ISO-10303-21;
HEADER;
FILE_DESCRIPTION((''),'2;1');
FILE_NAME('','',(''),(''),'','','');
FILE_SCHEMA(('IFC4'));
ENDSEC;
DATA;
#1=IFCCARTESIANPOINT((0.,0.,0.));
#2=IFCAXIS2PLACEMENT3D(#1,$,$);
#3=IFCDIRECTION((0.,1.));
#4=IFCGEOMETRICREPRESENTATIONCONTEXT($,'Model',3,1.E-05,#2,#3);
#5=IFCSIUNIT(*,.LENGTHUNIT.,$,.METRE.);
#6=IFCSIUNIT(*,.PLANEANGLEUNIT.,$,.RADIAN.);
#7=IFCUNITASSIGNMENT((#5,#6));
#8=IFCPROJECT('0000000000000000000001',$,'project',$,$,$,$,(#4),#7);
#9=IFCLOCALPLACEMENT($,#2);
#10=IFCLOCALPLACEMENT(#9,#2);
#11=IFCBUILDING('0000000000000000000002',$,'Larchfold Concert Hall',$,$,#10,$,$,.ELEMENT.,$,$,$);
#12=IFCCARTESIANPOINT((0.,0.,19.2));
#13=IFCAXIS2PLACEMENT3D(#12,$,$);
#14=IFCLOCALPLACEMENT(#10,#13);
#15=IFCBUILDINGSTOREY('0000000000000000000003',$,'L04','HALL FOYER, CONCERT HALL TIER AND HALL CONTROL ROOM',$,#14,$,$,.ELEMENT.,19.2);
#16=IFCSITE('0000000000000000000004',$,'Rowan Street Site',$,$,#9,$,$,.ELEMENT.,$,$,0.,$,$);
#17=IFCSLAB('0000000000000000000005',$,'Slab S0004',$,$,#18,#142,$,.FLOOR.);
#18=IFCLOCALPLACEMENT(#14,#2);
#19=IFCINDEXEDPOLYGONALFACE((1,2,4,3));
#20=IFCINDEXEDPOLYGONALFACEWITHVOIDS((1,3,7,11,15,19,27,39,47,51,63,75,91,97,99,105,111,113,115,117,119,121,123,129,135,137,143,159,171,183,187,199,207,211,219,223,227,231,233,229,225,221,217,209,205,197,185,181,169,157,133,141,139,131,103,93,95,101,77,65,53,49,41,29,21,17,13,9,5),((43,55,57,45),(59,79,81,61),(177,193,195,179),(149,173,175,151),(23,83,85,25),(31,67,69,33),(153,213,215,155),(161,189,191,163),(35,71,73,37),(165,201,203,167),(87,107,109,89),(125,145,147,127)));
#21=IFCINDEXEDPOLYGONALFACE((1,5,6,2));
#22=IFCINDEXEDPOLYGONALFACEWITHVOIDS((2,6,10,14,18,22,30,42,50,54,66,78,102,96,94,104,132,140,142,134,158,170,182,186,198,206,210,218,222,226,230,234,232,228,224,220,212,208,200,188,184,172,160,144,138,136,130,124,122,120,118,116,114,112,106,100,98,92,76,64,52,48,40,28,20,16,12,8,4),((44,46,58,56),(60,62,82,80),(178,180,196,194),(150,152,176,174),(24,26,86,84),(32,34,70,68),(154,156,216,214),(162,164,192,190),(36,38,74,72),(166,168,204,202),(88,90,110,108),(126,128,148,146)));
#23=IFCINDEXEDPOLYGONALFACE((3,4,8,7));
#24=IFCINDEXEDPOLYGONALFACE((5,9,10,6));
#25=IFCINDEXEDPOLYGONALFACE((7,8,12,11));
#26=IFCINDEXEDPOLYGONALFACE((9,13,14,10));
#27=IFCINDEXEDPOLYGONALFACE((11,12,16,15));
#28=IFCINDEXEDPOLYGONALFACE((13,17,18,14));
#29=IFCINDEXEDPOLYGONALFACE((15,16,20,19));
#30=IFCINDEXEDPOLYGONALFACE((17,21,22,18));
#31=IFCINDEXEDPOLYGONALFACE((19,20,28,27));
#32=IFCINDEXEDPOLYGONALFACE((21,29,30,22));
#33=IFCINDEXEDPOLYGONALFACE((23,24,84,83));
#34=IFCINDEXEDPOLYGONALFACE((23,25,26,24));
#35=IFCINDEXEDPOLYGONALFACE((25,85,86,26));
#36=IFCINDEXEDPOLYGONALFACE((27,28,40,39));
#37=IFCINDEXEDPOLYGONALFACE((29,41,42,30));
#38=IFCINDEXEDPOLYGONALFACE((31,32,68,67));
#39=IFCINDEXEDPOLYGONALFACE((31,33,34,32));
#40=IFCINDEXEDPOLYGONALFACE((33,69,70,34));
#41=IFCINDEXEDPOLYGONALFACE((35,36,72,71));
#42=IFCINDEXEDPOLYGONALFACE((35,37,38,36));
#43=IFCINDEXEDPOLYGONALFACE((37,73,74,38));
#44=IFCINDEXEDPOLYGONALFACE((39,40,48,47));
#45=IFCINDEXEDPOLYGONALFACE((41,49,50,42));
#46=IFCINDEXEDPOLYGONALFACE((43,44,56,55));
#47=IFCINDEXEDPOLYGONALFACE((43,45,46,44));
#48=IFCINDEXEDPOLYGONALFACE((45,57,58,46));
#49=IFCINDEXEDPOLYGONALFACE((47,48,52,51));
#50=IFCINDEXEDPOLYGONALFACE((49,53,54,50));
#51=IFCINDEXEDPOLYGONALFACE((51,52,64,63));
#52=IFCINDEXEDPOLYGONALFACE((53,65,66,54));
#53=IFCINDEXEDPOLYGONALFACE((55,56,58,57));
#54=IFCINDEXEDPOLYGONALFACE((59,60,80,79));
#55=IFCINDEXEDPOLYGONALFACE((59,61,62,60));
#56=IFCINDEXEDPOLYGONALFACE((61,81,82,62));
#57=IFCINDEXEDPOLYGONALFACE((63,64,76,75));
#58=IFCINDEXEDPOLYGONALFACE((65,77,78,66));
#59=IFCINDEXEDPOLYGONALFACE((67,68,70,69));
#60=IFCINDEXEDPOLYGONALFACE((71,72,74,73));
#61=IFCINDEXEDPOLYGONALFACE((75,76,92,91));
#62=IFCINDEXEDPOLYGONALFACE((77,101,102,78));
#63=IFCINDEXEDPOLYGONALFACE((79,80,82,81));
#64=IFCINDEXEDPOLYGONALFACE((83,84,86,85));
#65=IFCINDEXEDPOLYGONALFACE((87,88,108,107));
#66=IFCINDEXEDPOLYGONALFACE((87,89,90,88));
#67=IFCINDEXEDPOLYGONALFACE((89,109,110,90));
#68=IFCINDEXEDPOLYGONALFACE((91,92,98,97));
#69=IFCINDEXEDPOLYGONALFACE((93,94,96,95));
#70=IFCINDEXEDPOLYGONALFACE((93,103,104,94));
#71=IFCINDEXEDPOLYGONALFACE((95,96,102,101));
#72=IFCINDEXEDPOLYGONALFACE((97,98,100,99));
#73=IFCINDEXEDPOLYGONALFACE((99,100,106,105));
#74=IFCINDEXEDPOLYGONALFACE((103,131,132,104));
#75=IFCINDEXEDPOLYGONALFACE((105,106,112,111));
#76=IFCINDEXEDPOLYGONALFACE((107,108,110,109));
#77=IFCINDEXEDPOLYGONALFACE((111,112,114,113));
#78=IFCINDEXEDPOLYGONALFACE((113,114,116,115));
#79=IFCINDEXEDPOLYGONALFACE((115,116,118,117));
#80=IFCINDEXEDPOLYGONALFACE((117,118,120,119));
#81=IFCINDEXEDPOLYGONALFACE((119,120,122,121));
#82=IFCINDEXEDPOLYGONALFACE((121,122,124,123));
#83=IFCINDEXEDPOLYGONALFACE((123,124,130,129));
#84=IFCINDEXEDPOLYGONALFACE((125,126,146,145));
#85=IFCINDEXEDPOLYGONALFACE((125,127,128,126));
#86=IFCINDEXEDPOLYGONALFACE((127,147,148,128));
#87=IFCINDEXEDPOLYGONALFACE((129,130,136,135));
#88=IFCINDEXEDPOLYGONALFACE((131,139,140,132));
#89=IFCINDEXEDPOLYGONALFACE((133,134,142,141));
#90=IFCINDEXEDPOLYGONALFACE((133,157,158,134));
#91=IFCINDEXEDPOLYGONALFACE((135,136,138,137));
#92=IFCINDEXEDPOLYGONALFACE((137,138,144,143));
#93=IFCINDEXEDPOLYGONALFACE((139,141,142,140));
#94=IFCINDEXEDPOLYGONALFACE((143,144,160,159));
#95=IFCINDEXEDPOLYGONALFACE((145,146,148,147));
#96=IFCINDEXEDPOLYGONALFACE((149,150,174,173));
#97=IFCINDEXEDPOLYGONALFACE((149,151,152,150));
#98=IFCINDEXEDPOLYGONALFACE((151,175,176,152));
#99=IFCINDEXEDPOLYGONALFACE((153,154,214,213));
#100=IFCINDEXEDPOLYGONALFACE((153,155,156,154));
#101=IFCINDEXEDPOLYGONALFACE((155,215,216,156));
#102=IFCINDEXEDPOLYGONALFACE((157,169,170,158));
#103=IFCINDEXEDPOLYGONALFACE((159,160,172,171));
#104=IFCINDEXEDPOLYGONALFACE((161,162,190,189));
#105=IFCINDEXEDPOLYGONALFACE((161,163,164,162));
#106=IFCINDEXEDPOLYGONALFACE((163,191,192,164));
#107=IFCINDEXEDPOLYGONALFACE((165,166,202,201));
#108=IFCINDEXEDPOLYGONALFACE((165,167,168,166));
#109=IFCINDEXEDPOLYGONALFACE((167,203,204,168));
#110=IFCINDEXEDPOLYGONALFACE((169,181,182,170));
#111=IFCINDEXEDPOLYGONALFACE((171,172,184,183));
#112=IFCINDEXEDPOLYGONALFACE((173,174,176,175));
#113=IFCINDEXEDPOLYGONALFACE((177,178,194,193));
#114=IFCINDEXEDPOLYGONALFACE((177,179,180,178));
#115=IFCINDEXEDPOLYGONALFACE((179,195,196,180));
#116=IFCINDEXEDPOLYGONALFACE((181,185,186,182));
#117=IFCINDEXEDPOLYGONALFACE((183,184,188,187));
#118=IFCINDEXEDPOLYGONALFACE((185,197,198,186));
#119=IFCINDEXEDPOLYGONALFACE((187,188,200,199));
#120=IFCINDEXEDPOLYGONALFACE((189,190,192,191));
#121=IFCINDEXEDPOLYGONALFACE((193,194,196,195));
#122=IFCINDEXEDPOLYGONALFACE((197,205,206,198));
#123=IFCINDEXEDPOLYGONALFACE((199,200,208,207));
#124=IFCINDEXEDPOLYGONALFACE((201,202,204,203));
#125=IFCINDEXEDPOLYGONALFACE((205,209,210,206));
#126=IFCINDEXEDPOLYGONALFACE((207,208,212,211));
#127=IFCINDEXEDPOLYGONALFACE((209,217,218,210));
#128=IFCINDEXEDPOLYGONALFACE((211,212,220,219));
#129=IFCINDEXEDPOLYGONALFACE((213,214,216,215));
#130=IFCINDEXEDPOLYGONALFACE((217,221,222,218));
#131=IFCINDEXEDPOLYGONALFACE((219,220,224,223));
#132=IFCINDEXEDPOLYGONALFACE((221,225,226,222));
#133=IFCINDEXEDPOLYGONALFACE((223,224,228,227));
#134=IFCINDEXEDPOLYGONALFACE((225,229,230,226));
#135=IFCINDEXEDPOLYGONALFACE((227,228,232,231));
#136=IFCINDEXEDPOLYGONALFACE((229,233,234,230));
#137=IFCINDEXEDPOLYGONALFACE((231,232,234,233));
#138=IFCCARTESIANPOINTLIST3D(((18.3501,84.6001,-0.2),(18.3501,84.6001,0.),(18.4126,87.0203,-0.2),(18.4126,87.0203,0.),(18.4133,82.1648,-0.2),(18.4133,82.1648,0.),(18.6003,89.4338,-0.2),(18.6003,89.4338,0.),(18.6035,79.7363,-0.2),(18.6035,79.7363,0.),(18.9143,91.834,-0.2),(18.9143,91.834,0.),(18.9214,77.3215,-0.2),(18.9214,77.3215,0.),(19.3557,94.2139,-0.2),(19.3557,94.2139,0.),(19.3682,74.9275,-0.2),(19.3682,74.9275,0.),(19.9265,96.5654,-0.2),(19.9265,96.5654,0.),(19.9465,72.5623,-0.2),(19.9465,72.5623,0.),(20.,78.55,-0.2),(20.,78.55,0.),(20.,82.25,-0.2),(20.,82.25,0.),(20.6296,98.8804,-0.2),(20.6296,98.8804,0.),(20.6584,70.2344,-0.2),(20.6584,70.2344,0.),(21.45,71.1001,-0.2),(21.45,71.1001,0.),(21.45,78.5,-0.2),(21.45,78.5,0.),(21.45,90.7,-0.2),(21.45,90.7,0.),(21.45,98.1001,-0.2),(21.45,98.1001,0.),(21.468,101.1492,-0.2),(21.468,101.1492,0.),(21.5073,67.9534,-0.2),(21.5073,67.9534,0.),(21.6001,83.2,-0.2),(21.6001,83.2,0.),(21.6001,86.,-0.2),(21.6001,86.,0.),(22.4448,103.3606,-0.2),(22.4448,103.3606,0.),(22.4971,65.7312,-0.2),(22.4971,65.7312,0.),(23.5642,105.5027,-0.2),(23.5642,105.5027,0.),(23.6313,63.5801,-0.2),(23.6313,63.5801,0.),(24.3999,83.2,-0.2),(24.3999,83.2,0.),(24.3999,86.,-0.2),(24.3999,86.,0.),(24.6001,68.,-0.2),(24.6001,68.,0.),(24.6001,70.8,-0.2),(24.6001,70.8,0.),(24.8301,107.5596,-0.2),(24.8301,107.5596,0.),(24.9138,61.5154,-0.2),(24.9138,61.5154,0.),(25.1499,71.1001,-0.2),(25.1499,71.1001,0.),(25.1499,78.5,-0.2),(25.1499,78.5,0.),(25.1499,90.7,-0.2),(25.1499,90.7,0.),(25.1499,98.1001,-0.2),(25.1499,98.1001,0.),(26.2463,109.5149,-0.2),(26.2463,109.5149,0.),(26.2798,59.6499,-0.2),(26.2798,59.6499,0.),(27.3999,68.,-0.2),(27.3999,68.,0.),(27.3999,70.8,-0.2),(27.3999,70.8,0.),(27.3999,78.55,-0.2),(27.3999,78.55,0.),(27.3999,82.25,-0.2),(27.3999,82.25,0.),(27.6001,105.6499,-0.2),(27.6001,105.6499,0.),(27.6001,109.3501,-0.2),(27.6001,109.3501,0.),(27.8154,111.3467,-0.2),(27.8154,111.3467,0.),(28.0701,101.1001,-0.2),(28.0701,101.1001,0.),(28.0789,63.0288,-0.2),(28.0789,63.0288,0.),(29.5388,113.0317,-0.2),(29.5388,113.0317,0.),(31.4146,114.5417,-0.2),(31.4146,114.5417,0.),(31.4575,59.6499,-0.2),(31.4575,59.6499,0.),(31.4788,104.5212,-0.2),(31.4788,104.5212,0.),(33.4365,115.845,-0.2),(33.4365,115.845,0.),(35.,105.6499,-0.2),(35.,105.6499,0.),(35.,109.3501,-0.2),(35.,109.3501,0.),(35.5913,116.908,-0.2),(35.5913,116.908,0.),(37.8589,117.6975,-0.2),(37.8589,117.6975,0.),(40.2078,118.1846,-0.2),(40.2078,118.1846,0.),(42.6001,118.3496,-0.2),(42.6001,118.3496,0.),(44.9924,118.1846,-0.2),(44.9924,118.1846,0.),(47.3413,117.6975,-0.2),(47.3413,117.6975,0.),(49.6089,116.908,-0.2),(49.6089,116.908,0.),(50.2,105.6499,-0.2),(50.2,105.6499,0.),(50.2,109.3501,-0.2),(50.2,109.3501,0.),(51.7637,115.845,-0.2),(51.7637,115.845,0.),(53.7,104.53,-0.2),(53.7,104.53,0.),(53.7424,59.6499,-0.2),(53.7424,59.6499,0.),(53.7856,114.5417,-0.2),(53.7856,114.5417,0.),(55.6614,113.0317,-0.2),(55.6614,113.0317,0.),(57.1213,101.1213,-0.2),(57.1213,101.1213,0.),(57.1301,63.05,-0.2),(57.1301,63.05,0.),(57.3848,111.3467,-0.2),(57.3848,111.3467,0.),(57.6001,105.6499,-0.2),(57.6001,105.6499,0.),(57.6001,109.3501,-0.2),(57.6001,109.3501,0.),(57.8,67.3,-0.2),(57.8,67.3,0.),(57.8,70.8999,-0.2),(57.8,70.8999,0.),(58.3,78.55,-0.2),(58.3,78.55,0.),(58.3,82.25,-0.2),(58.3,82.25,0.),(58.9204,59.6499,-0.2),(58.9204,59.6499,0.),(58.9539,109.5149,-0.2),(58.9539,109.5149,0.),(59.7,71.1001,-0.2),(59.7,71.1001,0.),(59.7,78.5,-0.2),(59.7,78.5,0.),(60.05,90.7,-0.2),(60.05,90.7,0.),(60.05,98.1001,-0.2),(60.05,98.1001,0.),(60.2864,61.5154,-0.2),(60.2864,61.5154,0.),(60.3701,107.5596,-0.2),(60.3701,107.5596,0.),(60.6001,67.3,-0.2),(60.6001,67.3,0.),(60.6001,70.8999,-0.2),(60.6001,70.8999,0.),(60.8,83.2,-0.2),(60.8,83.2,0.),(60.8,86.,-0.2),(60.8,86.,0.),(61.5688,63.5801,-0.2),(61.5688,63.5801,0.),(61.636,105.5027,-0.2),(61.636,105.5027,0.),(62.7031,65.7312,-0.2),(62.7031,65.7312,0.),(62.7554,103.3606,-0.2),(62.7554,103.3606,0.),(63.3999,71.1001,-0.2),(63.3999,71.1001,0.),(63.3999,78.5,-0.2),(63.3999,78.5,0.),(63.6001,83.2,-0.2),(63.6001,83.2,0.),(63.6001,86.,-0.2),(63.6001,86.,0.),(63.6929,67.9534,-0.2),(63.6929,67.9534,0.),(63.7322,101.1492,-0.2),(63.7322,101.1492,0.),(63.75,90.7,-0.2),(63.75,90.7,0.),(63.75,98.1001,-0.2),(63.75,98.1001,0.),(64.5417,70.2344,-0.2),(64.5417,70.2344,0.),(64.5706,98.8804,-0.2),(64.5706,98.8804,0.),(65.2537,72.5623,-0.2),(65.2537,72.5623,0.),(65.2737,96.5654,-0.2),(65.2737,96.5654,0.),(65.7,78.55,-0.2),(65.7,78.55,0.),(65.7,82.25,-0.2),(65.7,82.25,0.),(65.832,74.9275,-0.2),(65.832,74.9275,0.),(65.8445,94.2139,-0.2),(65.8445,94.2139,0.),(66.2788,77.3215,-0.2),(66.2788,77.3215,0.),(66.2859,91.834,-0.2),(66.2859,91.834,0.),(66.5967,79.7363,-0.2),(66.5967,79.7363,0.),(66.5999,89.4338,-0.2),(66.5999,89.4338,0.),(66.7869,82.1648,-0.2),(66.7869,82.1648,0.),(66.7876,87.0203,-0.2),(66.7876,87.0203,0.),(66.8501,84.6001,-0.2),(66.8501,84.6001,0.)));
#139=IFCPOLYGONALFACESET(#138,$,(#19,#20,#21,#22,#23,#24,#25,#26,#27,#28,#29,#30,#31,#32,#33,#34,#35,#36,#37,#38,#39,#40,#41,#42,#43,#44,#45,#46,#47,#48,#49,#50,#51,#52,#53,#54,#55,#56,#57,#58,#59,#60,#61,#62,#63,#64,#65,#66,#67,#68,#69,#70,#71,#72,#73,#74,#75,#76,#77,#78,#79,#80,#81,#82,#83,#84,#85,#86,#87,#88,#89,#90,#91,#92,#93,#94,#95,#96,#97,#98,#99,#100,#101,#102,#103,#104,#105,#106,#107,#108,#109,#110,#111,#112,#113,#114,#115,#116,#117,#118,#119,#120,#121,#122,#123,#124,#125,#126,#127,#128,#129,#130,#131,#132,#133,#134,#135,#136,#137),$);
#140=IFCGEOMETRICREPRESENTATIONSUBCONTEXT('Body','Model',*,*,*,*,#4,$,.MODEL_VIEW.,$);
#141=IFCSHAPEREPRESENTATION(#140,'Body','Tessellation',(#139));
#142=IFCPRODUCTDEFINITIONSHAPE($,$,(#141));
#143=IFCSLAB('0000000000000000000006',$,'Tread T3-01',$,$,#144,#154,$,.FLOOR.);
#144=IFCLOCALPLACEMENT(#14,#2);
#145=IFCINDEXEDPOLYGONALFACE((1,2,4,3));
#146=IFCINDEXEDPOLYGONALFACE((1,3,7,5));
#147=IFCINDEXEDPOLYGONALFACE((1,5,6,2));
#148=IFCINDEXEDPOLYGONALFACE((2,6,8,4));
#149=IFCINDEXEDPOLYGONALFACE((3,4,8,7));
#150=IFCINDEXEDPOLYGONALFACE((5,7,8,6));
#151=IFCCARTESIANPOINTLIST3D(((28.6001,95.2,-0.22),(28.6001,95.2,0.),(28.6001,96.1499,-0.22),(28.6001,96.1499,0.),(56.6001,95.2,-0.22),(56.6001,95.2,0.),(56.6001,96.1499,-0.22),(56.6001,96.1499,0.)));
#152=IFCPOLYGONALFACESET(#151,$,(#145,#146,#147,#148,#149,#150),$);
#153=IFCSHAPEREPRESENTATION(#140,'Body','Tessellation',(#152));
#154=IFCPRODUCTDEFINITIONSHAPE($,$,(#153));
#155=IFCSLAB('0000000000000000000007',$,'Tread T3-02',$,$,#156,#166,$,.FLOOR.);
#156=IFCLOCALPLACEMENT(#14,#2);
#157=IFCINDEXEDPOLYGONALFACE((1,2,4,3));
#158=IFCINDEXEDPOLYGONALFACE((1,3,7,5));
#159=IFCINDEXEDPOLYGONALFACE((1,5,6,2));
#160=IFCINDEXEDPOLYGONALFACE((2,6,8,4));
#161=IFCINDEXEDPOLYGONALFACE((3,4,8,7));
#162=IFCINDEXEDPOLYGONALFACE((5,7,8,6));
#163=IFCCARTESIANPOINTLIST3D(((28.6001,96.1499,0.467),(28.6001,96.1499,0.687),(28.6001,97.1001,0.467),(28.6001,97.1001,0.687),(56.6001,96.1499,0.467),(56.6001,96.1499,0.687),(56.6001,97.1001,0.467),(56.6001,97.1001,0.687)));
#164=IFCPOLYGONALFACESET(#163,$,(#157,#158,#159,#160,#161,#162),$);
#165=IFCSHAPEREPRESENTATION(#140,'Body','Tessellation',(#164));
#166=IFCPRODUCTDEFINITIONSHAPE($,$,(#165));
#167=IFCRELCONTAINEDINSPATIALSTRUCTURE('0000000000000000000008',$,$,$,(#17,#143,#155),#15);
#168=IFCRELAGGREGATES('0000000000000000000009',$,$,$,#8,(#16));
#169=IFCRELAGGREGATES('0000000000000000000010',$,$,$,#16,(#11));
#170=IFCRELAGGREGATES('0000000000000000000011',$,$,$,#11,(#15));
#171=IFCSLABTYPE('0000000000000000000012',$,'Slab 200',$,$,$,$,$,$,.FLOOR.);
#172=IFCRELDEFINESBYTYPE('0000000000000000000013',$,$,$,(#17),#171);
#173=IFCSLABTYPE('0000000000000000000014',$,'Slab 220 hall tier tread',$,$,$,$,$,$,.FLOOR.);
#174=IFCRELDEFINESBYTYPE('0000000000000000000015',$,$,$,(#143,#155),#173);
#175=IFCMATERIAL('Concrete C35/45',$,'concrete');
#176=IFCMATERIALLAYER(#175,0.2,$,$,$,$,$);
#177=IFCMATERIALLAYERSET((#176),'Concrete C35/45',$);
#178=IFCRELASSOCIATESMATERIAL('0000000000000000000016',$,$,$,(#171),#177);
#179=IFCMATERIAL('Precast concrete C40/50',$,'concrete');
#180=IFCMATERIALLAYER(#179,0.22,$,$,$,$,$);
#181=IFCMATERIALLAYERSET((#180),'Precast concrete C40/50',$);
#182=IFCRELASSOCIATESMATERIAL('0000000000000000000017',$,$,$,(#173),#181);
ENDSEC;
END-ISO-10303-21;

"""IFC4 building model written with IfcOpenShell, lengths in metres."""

from ifc_helpers import new_model, si_unit, direction, frame, origin, place, context, subcontext, project, spatial, polyline, outline, extrude, material, layer, layer_set, type_object, element, save


model = new_model("IFC4")

# Units and contexts
model_context = context("Model", 3, precision=1e-05, world=origin(), true_north=direction((0.0, 1.0)))
body_context = subcontext(model_context, "Body", "Model", "MODEL_VIEW")
ifc_project = project(units=[si_unit("LENGTHUNIT", "METRE"), si_unit("PLANEANGLEUNIT", "RADIAN")], contexts=[model_context])

# Site, building, storey
site_placement = place(None, origin())
site = spatial("IfcSite", under=ifc_project, at=site_placement, Name="Rowan Street Site", CompositionType="ELEMENT", RefElevation=0.0)
building_placement = place(site_placement, origin())
building = spatial("IfcBuilding", under=site, at=building_placement, Name="Larchfold Concert Hall", CompositionType="ELEMENT")
storey_placement = place(building_placement, frame((0.0, 0.0, 19.2)))
storey = spatial("IfcBuildingStorey", under=building, at=storey_placement, Name="L04", Description="HALL FOYER, CONCERT HALL TIER AND HALL CONTROL ROOM", CompositionType="ELEMENT", Elevation=19.2)

# Slabs
ifc_material_1 = material(Name="Concrete C35/45", Category="concrete")
ifc_layer_1 = layer(ifc_material_1, 0.2)
ifc_layer_set_1 = layer_set([ifc_layer_1], Name="Concrete C35/45")
slab_type_1 = type_object("IfcSlabType", Name="Slab 200", PredefinedType="FLOOR", material=ifc_layer_set_1)
slab_1_placement = place(storey_placement, frame((0.0, 0.0, -0.2)))
element("IfcSlab", 1, at=slab_1_placement, inside=storey, type_object=slab_type_1, Name="Slab S0004", PredefinedType="FLOOR", context=body_context, shape_type="SweptSolid", body=[
    extrude(outline(polyline([(24.9138, 61.5154), (26.2798, 59.6499), (31.4575, 59.6499), (28.0789, 63.0288), (28.0701, 101.1001), (31.4788, 104.5212), (53.7, 104.53), (57.1213, 101.1213), (57.1301, 63.05), (53.7424, 59.6499), (58.9204, 59.6499), (60.2864, 61.5154), (61.5688, 63.5801), (62.7031, 65.7312), (63.6929, 67.9534), (64.5417, 70.2344), (65.2537, 72.5623), (65.832, 74.9275), (66.2788, 77.3215), (66.5967, 79.7363), (66.7869, 82.1648), (66.8501, 84.6001), (66.7876, 87.0203), (66.5999, 89.4338), (66.2859, 91.834), (65.8445, 94.2139), (65.2737, 96.5654), (64.5706, 98.8804), (63.7322, 101.1492), (62.7554, 103.3606), (61.636, 105.5027), (60.3701, 107.5596), (58.9539, 109.5149), (57.3848, 111.3467), (55.6614, 113.0317), (53.7856, 114.5417), (51.7637, 115.845), (49.6089, 116.908), (47.3413, 117.6975), (44.9924, 118.1846), (42.6001, 118.3496), (40.2078, 118.1846), (37.8589, 117.6975), (35.5913, 116.908), (33.4365, 115.845), (31.4146, 114.5417), (29.5388, 113.0317), (27.8154, 111.3467), (26.2463, 109.5149), (24.8301, 107.5596), (23.5642, 105.5027), (22.4448, 103.3606), (21.468, 101.1492), (20.6296, 98.8804), (19.9265, 96.5654), (19.3557, 94.2139), (18.9143, 91.834), (18.6003, 89.4338), (18.4126, 87.0203), (18.3501, 84.6001), (18.4133, 82.1648), (18.6035, 79.7363), (18.9214, 77.3215), (19.3682, 74.9275), (19.9465, 72.5623), (20.6584, 70.2344), (21.5073, 67.9534), (22.4971, 65.7312), (23.6313, 63.5801), (24.9138, 61.5154)]), holes=[polyline([(24.6001, 70.8), (27.3999, 70.8), (27.3999, 68.0), (24.6001, 68.0), (24.6001, 70.8)]), polyline([(25.1499, 78.5), (25.1499, 71.1001), (21.45, 71.1001), (21.45, 78.5), (25.1499, 78.5)]), polyline([(27.3999, 82.25), (27.3999, 78.55), (20.0, 78.55), (20.0, 82.25), (27.3999, 82.25)]), polyline([(21.6001, 86.0), (24.3999, 86.0), (24.3999, 83.2), (21.6001, 83.2), (21.6001, 86.0)]), polyline([(25.1499, 98.1001), (25.1499, 90.7), (21.45, 90.7), (21.45, 98.1001), (25.1499, 98.1001)]), polyline([(35.0, 109.3501), (35.0, 105.6499), (27.6001, 105.6499), (27.6001, 109.3501), (35.0, 109.3501)]), polyline([(57.8, 70.8999), (60.6001, 70.8999), (60.6001, 67.3), (57.8, 67.3), (57.8, 70.8999)]), polyline([(63.3999, 78.5), (63.3999, 71.1001), (59.7, 71.1001), (59.7, 78.5), (63.3999, 78.5)]), polyline([(65.7, 82.25), (65.7, 78.55), (58.3, 78.55), (58.3, 82.25), (65.7, 82.25)]), polyline([(60.8, 86.0), (63.6001, 86.0), (63.6001, 83.2), (60.8, 83.2), (60.8, 86.0)]), polyline([(63.75, 98.1001), (63.75, 90.7), (60.05, 90.7), (60.05, 98.1001), (63.75, 98.1001)]), polyline([(57.6001, 109.3501), (57.6001, 105.6499), (50.2, 105.6499), (50.2, 109.3501), (57.6001, 109.3501)])]), origin(), (0.0, 0.0, 1.0), 0.2),
])
ifc_material_2 = material(Name="Precast concrete C40/50", Category="concrete")
ifc_layer_2 = layer(ifc_material_2, 0.22)
ifc_layer_set_2 = layer_set([ifc_layer_2], Name="Precast concrete C40/50")
slab_type_2 = type_object("IfcSlabType", Name="Slab 220 hall tier tread", PredefinedType="FLOOR", material=ifc_layer_set_2)
slab_2_placement = place(storey_placement, frame((0.0, 0.0, -0.22)))
element("IfcSlab", 2, at=slab_2_placement, inside=storey, type_object=slab_type_2, Name="Tread T3-01", PredefinedType="FLOOR", context=body_context, shape_type="SweptSolid", body=[
    extrude(outline(polyline([(56.6001, 96.1499), (28.6001, 96.1499), (28.6001, 95.2), (56.6001, 95.2), (56.6001, 96.1499)])), origin(), (0.0, 0.0, 1.0), 0.22),
])
slab_3_placement = place(storey_placement, frame((0.0, 0.0, 0.467)))
element("IfcSlab", 3, at=slab_3_placement, inside=storey, type_object=slab_type_2, Name="Tread T3-02", PredefinedType="FLOOR", context=body_context, shape_type="SweptSolid", body=[
    extrude(outline(polyline([(56.6001, 97.1001), (28.6001, 97.1001), (28.6001, 96.1499), (56.6001, 96.1499), (56.6001, 97.1001)])), origin(), (0.0, 0.0, 1.0), 0.22),
])

save(model, "model.ifc")
